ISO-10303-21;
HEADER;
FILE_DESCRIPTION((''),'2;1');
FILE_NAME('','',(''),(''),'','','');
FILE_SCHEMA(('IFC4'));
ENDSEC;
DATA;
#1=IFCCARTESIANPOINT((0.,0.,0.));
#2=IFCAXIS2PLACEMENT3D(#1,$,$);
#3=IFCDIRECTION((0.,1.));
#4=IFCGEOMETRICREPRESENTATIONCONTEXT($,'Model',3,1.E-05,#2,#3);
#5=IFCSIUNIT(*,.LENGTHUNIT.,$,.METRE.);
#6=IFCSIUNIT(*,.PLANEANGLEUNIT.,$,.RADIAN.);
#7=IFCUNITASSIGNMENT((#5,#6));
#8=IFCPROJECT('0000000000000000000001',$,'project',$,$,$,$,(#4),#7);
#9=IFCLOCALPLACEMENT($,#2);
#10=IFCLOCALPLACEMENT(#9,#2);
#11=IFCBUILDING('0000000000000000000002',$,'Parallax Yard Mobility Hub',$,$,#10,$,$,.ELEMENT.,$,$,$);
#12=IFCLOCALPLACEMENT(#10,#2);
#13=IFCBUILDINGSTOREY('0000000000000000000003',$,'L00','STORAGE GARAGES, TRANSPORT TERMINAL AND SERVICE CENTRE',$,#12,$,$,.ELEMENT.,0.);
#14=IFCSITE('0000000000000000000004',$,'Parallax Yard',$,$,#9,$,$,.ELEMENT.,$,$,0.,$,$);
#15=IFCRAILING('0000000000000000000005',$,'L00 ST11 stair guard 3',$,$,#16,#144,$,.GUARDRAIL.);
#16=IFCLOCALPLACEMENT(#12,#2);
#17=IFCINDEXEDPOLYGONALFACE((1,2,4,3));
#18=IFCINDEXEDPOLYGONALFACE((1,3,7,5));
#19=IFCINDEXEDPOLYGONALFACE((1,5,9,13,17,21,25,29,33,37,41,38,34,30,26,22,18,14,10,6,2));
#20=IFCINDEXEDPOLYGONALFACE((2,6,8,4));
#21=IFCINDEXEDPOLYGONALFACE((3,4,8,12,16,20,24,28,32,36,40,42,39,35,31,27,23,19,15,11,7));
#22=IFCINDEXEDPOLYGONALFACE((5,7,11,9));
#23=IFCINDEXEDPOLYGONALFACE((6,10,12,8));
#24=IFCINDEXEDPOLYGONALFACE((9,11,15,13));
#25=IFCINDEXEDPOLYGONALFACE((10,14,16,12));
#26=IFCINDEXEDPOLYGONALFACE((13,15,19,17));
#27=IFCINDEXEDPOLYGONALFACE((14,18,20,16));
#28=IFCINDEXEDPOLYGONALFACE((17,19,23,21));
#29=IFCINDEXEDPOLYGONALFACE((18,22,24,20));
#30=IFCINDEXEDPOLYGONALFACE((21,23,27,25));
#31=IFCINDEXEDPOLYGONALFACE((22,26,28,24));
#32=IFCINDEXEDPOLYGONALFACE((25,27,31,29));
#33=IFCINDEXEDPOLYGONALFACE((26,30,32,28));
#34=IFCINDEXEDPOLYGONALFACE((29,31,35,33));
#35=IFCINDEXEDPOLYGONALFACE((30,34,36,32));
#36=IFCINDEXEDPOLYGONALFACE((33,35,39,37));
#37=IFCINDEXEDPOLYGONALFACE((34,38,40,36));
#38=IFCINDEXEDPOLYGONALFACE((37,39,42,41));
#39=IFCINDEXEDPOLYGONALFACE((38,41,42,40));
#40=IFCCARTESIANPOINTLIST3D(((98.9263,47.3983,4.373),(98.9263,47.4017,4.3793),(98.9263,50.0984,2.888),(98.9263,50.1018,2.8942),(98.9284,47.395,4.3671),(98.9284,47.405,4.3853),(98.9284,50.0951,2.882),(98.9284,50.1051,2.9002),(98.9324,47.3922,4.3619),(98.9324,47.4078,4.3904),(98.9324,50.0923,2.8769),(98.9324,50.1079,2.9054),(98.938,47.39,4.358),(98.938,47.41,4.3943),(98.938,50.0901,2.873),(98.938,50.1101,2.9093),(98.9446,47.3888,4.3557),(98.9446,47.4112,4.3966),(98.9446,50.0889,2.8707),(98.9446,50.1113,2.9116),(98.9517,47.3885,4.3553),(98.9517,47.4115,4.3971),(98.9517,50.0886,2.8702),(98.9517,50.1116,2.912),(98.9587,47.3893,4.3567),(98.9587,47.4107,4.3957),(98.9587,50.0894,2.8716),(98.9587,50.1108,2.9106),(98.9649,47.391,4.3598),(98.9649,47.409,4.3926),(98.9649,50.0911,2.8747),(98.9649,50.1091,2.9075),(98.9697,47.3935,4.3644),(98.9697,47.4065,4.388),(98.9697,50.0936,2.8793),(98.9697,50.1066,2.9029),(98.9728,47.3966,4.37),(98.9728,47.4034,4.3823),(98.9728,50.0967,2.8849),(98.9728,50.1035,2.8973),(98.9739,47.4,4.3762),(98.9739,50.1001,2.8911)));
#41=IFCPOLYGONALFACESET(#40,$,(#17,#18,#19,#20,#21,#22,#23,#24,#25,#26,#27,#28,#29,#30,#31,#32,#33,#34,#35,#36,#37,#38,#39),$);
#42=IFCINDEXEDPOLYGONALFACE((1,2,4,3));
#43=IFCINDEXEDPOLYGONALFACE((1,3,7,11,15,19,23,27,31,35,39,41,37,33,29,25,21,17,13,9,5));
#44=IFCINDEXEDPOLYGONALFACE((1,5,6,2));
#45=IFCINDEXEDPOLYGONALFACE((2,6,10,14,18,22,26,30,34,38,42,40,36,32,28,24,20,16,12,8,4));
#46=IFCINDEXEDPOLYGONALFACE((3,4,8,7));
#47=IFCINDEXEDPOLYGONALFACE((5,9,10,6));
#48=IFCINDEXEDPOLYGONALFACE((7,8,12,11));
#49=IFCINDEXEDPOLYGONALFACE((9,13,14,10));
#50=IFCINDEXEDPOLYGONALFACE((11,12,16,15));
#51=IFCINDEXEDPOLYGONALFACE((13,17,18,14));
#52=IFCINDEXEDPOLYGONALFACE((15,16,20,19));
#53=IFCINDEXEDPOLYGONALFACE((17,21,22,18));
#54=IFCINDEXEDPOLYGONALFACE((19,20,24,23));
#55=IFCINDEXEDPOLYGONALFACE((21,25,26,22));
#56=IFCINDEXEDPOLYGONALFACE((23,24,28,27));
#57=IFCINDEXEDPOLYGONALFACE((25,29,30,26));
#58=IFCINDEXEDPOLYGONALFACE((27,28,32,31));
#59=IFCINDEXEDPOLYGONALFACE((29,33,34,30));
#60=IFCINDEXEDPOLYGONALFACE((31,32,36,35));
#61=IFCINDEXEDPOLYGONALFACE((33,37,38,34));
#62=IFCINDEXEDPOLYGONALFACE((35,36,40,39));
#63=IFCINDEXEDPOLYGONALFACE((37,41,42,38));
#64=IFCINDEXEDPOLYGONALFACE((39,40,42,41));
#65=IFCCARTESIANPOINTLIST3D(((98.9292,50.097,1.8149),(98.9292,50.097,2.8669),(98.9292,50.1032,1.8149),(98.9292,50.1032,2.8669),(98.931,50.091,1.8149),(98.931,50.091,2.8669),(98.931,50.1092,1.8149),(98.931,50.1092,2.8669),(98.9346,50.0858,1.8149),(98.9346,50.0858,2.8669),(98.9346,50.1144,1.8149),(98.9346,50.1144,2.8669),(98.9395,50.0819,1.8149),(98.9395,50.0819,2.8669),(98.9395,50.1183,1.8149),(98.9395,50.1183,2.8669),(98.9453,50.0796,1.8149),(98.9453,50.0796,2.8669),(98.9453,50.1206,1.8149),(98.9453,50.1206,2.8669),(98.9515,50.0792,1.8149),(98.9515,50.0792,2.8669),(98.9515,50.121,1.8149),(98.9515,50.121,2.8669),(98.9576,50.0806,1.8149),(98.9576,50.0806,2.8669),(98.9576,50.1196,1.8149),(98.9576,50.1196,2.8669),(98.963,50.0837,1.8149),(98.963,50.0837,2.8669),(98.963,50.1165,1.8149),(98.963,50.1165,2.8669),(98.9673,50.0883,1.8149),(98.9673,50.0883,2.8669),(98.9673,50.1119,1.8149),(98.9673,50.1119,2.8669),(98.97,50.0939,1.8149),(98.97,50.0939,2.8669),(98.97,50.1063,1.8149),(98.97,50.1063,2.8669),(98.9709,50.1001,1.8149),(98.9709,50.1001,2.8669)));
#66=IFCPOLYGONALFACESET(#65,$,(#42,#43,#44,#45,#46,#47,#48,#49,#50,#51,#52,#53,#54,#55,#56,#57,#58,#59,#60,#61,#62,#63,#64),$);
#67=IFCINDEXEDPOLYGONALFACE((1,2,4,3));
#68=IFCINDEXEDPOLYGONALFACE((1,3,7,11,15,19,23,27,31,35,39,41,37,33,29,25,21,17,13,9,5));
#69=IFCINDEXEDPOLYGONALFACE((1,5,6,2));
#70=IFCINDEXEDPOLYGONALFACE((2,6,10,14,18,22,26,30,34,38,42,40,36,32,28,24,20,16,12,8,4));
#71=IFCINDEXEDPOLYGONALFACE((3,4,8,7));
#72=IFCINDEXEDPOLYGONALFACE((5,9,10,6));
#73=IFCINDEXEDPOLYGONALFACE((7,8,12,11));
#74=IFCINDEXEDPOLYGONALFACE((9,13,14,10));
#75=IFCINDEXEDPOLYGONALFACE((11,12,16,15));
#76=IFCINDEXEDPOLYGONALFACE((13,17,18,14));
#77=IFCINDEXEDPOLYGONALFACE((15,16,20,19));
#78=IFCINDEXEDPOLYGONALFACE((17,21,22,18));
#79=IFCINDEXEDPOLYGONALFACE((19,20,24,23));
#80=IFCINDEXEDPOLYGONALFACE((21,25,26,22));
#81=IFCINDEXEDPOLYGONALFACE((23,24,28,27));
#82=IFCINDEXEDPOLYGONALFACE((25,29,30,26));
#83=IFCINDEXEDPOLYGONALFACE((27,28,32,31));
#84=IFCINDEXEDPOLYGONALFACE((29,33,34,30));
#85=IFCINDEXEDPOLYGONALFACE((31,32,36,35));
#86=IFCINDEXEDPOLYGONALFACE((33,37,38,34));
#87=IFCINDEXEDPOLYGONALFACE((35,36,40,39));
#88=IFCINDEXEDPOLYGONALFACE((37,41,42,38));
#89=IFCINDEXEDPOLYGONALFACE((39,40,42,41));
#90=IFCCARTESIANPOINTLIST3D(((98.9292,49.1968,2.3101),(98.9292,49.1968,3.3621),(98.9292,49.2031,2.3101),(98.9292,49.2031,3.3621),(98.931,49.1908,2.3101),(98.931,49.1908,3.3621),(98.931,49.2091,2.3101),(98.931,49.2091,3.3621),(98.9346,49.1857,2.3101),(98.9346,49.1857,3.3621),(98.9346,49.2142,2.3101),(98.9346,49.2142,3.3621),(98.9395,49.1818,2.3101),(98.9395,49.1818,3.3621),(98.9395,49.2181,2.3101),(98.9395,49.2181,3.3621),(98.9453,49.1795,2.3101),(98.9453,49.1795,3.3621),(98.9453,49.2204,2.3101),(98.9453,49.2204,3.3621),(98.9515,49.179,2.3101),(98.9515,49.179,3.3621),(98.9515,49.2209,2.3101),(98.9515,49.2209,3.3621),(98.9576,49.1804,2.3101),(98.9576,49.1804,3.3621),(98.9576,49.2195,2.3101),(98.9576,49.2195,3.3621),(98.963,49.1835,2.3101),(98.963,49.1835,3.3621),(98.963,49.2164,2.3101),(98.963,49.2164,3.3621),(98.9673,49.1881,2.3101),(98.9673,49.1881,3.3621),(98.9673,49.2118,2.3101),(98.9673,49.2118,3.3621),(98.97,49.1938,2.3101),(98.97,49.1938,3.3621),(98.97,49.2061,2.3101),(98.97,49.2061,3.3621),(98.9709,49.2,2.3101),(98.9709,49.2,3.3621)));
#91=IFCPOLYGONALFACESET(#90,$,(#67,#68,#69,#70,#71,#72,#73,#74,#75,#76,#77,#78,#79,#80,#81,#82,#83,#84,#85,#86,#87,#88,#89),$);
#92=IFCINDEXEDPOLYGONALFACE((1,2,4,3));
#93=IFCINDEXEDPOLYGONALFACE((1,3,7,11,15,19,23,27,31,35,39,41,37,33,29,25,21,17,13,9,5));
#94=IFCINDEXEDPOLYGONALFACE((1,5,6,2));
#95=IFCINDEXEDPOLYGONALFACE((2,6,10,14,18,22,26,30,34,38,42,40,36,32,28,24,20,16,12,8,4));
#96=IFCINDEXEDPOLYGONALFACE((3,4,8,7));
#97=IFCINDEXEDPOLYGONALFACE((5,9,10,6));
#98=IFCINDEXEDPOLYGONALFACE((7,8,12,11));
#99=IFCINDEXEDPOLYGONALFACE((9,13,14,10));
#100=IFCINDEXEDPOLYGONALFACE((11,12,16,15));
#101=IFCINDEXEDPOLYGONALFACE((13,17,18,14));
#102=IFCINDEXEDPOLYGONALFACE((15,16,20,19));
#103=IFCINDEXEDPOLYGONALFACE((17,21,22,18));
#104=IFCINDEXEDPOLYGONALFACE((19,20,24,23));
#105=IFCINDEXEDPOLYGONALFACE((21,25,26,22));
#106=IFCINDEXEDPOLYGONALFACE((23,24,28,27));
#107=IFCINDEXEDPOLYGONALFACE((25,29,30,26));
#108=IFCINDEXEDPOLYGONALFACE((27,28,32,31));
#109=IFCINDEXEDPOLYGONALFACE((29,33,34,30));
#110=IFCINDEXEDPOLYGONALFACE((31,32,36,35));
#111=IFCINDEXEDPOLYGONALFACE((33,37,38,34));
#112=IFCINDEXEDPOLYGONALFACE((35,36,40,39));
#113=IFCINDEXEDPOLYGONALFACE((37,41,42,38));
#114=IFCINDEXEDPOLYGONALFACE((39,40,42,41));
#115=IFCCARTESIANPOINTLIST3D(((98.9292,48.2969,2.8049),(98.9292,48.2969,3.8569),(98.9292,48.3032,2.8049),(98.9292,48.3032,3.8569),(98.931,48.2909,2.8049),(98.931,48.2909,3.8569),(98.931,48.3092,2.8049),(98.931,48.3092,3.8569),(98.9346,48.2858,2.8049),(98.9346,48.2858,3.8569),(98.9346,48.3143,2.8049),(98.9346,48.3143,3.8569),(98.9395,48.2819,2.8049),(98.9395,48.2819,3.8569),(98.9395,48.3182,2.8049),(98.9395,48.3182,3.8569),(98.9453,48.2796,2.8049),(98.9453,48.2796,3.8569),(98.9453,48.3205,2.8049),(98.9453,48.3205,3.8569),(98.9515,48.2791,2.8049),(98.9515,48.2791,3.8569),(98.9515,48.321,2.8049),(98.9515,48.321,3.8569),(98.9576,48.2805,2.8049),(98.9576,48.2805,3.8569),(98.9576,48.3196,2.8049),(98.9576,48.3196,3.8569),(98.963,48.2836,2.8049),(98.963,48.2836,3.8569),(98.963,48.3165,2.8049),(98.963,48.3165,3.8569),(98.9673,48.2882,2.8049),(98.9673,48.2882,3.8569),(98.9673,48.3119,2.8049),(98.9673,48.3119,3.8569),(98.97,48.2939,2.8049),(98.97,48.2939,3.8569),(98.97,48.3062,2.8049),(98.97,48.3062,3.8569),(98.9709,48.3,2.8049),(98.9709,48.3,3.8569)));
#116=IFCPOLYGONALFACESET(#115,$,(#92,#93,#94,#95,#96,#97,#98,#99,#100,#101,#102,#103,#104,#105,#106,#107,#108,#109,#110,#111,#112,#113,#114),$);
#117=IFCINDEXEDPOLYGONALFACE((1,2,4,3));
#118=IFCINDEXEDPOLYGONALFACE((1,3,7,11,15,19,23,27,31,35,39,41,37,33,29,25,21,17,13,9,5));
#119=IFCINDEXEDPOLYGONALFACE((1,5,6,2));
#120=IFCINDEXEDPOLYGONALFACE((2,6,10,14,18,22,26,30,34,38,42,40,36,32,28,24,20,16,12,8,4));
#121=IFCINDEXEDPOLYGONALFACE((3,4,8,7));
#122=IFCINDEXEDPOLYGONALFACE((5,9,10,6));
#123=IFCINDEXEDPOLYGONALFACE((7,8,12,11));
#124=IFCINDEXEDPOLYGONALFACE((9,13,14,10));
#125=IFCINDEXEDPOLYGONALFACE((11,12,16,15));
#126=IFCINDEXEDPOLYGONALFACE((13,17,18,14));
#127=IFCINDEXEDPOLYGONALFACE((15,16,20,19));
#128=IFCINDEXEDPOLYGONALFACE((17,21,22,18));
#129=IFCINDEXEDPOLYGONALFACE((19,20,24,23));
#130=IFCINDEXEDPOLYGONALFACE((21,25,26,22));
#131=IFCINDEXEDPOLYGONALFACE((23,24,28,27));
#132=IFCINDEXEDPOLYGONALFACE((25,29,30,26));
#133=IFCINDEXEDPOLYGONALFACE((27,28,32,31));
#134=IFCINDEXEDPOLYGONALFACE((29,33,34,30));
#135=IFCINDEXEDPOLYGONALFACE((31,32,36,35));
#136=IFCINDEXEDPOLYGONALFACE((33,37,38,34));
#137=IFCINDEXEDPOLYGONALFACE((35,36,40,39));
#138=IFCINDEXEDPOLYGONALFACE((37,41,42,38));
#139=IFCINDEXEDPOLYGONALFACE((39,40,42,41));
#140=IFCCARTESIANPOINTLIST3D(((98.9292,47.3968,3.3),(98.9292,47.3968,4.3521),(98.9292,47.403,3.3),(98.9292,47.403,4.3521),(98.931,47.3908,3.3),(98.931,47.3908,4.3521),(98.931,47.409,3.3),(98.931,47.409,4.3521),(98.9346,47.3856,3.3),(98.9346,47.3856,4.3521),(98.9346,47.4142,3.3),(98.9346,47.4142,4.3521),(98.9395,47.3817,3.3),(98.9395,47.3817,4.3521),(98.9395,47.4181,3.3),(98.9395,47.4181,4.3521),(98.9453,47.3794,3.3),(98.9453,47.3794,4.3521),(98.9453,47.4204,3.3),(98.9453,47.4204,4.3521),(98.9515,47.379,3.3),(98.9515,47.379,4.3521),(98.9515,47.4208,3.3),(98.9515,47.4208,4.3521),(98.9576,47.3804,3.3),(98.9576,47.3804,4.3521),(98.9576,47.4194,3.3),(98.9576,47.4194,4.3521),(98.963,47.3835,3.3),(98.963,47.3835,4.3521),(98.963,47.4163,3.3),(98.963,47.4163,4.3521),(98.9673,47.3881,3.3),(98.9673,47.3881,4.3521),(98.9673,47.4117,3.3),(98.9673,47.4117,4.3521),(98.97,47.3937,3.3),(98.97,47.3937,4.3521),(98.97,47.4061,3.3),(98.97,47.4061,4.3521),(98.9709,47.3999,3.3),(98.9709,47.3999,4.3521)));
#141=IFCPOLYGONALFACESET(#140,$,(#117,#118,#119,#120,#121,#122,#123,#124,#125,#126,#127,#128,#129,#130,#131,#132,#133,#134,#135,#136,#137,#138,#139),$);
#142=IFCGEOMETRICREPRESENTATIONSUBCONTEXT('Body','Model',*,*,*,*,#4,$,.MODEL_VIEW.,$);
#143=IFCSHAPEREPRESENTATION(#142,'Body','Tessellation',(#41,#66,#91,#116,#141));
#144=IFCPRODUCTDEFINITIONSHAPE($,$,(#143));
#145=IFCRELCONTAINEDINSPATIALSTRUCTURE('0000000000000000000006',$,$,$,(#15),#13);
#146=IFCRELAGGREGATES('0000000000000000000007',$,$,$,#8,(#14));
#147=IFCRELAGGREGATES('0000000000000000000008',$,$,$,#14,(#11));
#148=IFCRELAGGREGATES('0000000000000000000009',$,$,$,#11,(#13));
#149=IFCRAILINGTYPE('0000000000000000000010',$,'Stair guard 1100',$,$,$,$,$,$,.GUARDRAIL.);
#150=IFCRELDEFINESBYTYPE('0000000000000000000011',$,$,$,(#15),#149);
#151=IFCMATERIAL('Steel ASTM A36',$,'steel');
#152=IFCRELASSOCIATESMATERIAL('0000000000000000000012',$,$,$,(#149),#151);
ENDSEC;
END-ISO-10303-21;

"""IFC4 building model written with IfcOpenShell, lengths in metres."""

from ifc_helpers import new_model, si_unit, direction, frame, origin, origin_2d, place, context, subcontext, project, spatial, circle, extrude, material, type_object, element, save


model = new_model("IFC4")

# Units and contexts
model_context = context("Model", 3, precision=1e-05, world=origin(), true_north=direction((0.0, 1.0)))
body_context = subcontext(model_context, "Body", "Model", "MODEL_VIEW")
ifc_project = project(units=[si_unit("LENGTHUNIT", "METRE"), si_unit("PLANEANGLEUNIT", "RADIAN")], contexts=[model_context])

# Site, building, storey
site_placement = place(None, origin())
site = spatial("IfcSite", under=ifc_project, at=site_placement, Name="Parallax Yard", CompositionType="ELEMENT", RefElevation=0.0)
building_placement = place(site_placement, origin())
building = spatial("IfcBuilding", under=site, at=building_placement, Name="Parallax Yard Mobility Hub", CompositionType="ELEMENT")
storey_placement = place(building_placement, origin())
storey = spatial("IfcBuildingStorey", under=building, at=storey_placement, Name="L00", Description="STORAGE GARAGES, TRANSPORT TERMINAL AND SERVICE CENTRE", CompositionType="ELEMENT", Elevation=0.0)

# Railing
ifc_material_1 = material(Name="Steel ASTM A36", Category="steel")
railing_type_1 = type_object("IfcRailingType", Name="Stair guard 1100", PredefinedType="GUARDRAIL", material=ifc_material_1)
railing_1_placement = place(storey_placement, frame((98.95, 50.1001, 1.8149)))
element("IfcRailing", 1, at=railing_1_placement, inside=storey, type_object=railing_type_1, Name="L00 ST11 stair guard 3", PredefinedType="GUARDRAIL", context=body_context, shape_type="SweptSolid", body=[
    extrude(circle(Radius=0.0239, at=origin_2d()), frame((0.0, 0.0, 1.0762), z_axis=(0.0, -0.876216, 0.481919), x_axis=(1.0, 0.0, 0.0)), (0.0, 0.0, 1.0), 3.0815),
    extrude(circle(Radius=0.021, at=origin_2d()), origin(), (0.0, 0.0, 1.0), 1.052),
    extrude(circle(Radius=0.021, at=origin_2d()), frame((0.0, -0.9001, 0.4951)), (0.0, 0.0, 1.0), 1.052),
    extrude(circle(Radius=0.021, at=origin_2d()), frame((0.0, -1.8, 0.99)), (0.0, 0.0, 1.0), 1.052),
    extrude(circle(Radius=0.021, at=origin_2d()), frame((0.0, -2.7002, 1.4851)), (0.0, 0.0, 1.0), 1.052),
])

save(model, "model.ifc")
